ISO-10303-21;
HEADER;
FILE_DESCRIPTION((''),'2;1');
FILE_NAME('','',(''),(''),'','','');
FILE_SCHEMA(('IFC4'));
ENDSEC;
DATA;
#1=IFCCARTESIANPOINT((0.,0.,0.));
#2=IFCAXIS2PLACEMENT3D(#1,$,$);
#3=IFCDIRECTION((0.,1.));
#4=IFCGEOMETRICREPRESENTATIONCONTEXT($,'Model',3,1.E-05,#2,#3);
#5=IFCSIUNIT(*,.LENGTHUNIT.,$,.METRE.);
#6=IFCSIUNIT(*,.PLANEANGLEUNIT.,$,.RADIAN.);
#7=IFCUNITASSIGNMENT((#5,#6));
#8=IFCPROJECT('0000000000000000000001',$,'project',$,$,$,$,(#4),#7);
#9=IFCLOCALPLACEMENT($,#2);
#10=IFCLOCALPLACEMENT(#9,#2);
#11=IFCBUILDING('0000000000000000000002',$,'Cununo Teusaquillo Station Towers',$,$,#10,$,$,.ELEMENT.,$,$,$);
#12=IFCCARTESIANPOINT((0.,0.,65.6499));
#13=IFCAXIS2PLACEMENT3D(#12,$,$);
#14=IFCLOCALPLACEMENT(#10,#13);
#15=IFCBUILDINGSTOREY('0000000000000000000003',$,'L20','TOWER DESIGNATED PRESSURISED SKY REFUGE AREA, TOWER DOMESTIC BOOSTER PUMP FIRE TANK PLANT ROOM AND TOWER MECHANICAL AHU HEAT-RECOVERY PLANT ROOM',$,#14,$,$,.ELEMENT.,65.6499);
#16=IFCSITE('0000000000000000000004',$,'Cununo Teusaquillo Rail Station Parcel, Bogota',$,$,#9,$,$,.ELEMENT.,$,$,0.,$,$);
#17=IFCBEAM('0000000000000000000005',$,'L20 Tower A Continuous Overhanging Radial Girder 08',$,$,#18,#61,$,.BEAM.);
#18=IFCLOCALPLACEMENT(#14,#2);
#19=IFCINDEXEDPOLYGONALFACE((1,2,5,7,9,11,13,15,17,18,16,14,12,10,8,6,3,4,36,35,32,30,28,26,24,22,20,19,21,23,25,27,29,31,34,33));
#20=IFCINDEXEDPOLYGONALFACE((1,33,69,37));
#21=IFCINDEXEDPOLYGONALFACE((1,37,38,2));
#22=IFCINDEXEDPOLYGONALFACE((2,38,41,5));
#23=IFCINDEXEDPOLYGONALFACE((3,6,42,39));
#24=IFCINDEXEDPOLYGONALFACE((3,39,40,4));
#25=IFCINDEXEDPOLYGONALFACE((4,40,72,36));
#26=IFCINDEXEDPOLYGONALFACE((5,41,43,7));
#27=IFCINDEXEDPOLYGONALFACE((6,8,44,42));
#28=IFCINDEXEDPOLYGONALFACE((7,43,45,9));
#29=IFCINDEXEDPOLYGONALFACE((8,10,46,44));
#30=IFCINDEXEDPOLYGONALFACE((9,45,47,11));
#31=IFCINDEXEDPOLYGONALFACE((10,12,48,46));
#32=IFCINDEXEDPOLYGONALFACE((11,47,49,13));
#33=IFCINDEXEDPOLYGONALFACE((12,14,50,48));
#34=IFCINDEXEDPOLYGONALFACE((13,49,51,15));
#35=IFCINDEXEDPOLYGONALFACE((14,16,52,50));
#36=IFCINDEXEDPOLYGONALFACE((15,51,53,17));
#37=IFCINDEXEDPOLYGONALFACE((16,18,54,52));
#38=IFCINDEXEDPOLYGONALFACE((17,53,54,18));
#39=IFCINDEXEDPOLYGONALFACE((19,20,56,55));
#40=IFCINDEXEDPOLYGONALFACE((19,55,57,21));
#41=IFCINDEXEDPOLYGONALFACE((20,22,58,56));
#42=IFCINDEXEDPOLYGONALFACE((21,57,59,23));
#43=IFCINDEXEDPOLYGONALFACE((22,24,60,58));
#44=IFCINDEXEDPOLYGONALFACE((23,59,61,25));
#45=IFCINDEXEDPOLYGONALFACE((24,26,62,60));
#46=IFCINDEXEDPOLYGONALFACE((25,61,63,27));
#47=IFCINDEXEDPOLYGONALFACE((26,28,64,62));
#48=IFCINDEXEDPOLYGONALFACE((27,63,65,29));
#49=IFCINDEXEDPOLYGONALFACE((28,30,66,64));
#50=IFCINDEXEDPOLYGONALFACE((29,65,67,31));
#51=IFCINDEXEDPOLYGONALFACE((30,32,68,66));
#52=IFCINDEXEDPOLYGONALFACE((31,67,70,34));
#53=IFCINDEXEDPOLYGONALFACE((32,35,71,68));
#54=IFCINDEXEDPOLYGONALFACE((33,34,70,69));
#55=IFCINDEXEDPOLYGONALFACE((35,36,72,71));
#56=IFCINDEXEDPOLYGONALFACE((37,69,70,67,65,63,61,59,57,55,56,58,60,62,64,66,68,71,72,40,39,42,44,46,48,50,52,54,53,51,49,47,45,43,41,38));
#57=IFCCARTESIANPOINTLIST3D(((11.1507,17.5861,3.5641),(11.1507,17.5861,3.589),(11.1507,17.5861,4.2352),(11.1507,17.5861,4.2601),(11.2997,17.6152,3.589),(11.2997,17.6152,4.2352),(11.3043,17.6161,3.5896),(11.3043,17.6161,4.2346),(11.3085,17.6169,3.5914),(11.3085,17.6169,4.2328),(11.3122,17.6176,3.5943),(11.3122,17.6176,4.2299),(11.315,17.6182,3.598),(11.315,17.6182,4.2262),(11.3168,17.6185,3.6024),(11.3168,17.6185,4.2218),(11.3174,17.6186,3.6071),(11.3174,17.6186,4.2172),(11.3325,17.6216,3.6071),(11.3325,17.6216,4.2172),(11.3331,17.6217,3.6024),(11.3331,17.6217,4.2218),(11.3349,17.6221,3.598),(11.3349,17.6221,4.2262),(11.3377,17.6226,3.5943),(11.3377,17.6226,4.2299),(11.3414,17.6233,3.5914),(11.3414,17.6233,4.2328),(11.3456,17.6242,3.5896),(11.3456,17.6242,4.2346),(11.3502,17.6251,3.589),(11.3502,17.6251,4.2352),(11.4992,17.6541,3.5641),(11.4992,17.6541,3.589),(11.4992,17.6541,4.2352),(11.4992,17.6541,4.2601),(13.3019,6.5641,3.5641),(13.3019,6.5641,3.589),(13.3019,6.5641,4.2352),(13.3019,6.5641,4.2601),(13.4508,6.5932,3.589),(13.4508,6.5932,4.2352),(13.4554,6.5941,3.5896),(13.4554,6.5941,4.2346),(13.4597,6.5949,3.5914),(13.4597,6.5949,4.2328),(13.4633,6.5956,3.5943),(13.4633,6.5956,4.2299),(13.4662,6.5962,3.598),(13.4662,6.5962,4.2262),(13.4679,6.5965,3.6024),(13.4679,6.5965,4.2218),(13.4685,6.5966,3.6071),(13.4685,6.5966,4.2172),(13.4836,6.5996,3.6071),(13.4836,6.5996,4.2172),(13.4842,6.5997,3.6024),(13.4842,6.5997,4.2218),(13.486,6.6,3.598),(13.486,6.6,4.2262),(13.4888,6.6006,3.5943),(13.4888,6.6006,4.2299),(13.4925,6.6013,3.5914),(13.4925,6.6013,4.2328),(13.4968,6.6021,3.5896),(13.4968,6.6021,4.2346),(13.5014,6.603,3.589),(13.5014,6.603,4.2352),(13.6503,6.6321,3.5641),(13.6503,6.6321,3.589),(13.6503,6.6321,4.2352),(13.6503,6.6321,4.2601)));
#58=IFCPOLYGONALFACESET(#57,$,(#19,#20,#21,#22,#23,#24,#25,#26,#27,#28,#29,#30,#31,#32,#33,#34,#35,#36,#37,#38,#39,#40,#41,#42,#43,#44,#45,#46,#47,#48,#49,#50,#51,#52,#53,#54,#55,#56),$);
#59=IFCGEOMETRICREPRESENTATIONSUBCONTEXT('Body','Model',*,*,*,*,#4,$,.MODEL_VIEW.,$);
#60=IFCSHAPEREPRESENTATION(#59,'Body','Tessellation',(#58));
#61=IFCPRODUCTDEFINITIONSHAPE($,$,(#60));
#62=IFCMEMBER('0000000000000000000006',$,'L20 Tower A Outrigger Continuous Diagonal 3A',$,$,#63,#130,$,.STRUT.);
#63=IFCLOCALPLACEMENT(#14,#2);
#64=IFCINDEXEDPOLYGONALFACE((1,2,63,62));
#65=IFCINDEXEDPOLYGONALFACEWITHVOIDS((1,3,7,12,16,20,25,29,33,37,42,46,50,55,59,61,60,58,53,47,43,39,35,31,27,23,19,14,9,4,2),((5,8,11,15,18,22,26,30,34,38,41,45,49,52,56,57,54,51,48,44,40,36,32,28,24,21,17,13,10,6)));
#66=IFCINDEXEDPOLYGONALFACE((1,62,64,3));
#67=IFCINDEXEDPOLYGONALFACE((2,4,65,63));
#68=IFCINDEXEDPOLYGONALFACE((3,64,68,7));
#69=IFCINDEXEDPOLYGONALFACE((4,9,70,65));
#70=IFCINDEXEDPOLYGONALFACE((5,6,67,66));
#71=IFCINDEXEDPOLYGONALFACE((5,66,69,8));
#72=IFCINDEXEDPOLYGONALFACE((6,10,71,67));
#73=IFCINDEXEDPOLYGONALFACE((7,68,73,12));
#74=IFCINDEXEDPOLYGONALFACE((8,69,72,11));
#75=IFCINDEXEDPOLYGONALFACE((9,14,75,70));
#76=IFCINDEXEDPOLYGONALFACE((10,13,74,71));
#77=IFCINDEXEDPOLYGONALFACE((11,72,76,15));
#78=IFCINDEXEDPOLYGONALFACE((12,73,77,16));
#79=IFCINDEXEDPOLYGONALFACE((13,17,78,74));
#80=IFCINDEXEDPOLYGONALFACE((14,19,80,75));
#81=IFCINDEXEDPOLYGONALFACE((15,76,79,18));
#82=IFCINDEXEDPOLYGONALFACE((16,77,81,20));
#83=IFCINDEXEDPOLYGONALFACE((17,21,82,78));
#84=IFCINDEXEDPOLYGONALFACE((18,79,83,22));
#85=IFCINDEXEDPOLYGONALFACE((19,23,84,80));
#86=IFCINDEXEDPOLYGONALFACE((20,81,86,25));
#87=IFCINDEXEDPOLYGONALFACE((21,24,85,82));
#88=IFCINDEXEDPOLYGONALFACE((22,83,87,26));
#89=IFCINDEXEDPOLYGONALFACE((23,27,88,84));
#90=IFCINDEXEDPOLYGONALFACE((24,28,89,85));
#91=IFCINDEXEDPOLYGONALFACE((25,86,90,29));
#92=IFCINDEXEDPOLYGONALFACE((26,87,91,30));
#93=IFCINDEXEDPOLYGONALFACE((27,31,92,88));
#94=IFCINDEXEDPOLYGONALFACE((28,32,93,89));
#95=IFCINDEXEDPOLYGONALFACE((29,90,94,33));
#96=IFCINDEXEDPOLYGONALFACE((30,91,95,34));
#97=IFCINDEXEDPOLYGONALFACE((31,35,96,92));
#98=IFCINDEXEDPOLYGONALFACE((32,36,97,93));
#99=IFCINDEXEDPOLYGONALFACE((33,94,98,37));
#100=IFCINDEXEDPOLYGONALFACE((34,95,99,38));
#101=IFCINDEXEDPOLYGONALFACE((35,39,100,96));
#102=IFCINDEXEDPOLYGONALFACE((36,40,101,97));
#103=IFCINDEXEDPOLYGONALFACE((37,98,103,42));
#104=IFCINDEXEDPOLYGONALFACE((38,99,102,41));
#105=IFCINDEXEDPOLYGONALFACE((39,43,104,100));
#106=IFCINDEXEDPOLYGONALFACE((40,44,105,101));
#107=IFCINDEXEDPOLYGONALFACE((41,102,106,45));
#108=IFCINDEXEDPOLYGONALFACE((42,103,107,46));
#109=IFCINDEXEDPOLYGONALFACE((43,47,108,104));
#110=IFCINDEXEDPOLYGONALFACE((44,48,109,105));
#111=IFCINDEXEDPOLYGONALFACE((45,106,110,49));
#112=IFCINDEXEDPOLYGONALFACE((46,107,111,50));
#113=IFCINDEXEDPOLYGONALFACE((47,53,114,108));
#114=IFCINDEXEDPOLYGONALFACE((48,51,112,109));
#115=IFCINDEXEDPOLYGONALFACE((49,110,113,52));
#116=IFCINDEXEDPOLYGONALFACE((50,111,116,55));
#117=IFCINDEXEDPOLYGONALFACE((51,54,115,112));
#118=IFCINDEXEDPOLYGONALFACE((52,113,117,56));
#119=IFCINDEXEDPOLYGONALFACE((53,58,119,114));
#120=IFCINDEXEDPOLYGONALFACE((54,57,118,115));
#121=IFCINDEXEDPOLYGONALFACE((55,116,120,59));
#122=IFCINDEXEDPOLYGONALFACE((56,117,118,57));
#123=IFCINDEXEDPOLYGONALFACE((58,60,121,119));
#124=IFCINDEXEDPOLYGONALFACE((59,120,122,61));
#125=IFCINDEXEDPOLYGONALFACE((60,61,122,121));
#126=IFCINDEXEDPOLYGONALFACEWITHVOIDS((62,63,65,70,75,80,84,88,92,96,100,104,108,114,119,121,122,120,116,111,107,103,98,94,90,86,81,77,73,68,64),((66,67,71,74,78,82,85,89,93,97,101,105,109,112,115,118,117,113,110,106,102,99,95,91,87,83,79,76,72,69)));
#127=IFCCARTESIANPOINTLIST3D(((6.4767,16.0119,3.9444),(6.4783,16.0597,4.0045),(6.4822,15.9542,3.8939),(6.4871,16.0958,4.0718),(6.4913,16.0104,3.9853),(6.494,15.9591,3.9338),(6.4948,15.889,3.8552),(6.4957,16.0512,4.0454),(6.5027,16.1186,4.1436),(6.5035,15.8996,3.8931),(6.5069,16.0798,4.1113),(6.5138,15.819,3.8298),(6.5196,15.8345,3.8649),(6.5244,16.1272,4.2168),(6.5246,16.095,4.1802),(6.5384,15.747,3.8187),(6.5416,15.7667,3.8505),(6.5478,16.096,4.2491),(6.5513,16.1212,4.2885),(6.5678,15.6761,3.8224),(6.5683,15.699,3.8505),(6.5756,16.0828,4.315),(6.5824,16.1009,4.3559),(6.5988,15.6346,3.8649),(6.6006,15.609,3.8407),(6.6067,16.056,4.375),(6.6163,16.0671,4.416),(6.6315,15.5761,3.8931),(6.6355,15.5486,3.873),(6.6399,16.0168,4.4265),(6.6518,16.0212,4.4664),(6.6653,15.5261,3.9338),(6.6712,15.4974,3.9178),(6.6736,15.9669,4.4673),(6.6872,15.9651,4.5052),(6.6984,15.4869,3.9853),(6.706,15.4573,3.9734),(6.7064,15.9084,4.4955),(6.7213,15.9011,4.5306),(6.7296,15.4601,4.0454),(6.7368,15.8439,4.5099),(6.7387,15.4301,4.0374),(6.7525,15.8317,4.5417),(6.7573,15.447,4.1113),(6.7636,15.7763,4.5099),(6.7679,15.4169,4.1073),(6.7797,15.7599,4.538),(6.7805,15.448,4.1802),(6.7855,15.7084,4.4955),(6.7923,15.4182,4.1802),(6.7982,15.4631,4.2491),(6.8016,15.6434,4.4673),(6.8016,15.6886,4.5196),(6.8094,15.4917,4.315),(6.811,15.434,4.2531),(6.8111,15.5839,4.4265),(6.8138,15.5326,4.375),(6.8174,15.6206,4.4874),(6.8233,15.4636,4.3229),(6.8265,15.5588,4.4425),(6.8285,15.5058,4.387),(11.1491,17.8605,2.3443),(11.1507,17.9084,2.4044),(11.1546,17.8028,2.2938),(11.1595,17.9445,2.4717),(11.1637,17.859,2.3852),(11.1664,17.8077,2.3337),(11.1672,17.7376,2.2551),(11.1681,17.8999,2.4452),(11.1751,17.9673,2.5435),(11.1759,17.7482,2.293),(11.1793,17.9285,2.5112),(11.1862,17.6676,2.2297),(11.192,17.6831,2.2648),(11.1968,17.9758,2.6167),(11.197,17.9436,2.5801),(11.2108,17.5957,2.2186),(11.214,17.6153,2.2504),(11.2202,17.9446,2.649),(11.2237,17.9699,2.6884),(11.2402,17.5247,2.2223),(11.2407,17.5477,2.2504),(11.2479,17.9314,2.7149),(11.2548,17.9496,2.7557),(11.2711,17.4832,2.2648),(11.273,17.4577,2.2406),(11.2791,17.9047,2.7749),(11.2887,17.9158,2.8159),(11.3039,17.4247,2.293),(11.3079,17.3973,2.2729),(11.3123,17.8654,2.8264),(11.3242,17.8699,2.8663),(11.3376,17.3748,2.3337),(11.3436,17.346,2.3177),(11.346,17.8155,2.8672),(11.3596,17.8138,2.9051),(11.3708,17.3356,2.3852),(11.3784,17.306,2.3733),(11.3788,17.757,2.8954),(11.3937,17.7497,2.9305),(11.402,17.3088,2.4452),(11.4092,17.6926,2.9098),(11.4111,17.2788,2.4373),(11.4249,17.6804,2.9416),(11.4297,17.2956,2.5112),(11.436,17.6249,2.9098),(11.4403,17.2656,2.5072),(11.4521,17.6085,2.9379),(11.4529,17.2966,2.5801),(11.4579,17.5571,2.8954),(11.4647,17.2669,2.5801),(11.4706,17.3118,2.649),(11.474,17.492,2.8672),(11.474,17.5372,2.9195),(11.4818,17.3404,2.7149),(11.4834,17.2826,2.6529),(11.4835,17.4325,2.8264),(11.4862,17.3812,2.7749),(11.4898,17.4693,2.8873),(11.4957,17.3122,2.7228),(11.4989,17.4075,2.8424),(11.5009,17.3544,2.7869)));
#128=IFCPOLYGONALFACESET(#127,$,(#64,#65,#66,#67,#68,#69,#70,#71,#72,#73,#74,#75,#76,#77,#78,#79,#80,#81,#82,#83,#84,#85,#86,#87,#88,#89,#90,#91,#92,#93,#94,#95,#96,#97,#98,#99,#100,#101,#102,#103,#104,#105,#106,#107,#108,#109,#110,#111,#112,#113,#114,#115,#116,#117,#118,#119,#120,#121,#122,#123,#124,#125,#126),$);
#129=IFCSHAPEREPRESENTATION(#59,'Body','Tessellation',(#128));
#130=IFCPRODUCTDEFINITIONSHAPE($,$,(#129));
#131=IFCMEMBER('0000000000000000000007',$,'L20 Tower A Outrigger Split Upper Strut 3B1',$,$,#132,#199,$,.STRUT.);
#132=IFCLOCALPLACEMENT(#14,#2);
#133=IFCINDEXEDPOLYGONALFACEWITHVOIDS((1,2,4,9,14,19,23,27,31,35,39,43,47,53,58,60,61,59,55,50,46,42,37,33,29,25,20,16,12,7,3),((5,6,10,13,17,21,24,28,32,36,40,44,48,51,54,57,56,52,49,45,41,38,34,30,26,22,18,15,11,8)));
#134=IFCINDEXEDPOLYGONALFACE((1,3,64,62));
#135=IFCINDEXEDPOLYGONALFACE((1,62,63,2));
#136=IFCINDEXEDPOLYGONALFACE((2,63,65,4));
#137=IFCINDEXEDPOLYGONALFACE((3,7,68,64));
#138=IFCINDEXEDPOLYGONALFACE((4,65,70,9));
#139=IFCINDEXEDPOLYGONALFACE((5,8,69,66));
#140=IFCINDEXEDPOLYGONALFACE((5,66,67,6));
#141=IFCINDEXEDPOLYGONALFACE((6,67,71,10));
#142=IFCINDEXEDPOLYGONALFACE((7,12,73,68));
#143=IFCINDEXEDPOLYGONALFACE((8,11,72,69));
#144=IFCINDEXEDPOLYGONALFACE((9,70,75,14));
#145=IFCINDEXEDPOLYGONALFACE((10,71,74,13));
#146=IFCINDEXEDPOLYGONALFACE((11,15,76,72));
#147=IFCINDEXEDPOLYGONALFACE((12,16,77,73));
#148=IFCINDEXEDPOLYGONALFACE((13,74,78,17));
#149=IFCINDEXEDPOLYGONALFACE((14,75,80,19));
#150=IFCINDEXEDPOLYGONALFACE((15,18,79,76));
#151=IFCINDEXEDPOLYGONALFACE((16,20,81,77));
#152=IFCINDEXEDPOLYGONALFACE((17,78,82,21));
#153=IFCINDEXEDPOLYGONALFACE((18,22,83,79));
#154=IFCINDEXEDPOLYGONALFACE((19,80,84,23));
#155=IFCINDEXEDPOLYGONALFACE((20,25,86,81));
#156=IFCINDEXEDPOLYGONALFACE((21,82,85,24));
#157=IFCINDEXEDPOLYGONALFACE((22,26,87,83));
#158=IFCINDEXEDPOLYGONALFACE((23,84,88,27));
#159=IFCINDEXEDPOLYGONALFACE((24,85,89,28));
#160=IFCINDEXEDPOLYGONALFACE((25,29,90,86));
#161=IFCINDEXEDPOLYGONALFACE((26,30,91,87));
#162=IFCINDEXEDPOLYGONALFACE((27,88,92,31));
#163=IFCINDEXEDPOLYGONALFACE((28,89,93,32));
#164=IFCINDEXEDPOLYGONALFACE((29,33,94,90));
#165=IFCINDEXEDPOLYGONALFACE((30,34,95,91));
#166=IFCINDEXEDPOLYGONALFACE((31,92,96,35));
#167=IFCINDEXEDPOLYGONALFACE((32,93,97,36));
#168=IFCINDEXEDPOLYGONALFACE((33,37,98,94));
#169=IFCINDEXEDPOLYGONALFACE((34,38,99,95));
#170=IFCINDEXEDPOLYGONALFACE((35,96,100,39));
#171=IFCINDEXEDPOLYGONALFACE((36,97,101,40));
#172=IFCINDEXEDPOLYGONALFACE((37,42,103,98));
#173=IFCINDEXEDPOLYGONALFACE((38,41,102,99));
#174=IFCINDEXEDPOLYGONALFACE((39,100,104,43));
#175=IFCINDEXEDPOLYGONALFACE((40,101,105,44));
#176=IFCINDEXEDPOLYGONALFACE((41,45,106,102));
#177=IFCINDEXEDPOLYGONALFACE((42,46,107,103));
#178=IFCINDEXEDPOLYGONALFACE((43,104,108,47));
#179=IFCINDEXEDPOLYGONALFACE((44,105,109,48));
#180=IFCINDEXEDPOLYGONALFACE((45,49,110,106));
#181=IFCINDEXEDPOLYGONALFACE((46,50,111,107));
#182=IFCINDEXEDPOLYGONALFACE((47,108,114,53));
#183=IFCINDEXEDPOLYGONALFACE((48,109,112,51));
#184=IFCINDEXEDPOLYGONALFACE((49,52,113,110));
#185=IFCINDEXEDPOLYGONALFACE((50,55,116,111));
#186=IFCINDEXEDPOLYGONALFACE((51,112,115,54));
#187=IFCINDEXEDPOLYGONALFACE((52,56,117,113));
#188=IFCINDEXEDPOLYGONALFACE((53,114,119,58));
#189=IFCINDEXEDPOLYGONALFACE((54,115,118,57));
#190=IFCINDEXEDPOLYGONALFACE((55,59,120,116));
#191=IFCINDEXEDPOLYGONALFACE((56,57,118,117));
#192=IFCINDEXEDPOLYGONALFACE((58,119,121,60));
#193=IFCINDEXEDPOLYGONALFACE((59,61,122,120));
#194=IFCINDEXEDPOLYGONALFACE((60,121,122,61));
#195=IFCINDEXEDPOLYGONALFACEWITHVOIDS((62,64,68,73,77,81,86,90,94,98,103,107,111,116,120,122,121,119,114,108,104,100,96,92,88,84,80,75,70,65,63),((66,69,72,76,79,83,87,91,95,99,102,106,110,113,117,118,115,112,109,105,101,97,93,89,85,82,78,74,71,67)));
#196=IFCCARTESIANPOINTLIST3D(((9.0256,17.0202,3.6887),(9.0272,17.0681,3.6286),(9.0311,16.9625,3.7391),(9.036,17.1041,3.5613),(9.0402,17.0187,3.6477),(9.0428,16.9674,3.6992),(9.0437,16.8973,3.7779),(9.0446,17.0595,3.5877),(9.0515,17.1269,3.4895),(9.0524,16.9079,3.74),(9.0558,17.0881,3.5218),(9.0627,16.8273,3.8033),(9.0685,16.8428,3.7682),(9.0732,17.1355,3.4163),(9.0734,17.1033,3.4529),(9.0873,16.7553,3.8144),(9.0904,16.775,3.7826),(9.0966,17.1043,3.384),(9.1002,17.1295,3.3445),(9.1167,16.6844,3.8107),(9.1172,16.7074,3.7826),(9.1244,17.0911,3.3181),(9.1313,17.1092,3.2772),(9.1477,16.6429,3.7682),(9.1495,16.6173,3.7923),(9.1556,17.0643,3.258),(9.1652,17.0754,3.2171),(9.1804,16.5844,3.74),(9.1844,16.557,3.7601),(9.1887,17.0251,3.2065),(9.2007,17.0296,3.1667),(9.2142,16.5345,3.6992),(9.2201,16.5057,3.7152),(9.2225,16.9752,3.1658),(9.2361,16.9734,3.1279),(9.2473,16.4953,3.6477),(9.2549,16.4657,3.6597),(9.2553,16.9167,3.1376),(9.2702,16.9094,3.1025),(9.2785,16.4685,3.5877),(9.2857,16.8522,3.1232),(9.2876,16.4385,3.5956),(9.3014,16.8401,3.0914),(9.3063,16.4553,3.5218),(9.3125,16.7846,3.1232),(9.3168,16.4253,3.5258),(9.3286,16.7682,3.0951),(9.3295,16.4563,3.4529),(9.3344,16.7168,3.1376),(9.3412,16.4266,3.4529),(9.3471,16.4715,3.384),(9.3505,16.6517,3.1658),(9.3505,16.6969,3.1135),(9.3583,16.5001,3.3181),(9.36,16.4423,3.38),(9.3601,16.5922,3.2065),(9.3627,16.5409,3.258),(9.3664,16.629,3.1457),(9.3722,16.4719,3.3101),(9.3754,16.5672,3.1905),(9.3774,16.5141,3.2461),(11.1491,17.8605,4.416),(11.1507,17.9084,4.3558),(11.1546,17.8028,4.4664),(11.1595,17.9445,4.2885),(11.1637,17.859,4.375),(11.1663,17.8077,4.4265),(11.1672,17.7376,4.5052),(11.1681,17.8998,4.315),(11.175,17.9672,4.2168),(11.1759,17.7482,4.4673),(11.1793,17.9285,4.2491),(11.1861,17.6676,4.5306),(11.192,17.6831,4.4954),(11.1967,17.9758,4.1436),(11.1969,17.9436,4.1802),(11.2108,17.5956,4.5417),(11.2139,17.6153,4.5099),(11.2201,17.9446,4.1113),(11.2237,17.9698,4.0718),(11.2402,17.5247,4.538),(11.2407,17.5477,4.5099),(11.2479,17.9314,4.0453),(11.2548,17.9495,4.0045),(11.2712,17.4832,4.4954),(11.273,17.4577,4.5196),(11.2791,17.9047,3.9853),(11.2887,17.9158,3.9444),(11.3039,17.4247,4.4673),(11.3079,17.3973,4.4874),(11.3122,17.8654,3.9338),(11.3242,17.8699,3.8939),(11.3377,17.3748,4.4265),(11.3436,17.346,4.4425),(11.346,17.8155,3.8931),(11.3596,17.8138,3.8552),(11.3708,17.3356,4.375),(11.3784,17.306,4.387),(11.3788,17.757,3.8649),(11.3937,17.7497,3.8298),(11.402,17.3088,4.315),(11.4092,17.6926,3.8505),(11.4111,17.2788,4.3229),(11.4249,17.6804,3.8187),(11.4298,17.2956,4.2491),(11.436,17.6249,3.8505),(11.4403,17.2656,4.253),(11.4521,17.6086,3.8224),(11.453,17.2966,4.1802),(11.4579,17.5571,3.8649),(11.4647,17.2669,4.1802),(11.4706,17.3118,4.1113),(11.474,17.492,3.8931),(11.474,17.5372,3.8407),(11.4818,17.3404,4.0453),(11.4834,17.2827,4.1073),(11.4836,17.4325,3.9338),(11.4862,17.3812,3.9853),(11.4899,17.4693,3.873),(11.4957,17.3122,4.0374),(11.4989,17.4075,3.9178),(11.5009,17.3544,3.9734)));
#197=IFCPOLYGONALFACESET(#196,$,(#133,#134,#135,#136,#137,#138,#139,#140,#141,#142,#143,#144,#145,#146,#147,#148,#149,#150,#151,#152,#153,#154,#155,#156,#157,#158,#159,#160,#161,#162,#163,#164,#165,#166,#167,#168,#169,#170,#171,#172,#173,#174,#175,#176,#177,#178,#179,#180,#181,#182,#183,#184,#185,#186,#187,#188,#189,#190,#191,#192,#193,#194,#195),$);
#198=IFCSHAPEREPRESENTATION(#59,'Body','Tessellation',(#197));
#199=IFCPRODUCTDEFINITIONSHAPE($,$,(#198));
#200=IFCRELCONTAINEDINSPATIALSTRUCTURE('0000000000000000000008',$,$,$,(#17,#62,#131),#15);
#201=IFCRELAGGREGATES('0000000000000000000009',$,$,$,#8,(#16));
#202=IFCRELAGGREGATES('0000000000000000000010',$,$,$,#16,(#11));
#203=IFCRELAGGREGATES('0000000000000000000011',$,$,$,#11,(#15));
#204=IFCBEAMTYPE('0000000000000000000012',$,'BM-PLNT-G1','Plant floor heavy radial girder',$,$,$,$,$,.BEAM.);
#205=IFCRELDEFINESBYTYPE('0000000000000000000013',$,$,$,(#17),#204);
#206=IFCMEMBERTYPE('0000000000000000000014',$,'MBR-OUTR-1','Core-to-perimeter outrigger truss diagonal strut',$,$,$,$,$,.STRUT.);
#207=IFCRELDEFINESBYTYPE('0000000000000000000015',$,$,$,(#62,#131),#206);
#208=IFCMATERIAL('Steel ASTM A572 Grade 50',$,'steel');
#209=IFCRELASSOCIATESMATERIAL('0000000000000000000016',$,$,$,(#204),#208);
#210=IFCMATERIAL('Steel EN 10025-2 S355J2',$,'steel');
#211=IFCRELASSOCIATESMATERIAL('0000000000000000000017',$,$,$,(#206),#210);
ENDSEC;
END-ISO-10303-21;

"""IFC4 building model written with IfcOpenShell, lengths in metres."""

from ifc_helpers import new_model, si_unit, direction, frame, origin, origin_2d, place, context, subcontext, project, spatial, hollow_circle, i_section, extrude, material, material_profile, profile_set, type_object, element, save


model = new_model("IFC4")

# Units and contexts
model_context = context("Model", 3, precision=1e-05, world=origin(), true_north=direction((0.0, 1.0)))
body_context = subcontext(model_context, "Body", "Model", "MODEL_VIEW")
ifc_project = project(units=[si_unit("LENGTHUNIT", "METRE"), si_unit("PLANEANGLEUNIT", "RADIAN")], contexts=[model_context])

# Site, building, storey
site_placement = place(None, origin())
site = spatial("IfcSite", under=ifc_project, at=site_placement, Name="Cununo Teusaquillo Rail Station Parcel, Bogota", CompositionType="ELEMENT", RefElevation=0.0)
building_placement = place(site_placement, origin())
building = spatial("IfcBuilding", under=site, at=building_placement, Name="Cununo Teusaquillo Station Towers", CompositionType="ELEMENT")
storey_placement = place(building_placement, frame((0.0, 0.0, 65.6499)))
storey = spatial("IfcBuildingStorey", under=building, at=storey_placement, Name="L20", Description="TOWER DESIGNATED PRESSURISED SKY REFUGE AREA, TOWER DOMESTIC BOOSTER PUMP FIRE TANK PLANT ROOM AND TOWER MECHANICAL AHU HEAT-RECOVERY PLANT ROOM", CompositionType="ELEMENT", Elevation=65.6499)

# Beam
ifc_material_1 = material(Name="Steel ASTM A572 Grade 50", Category="steel")
ifc_material_profile_1 = material_profile(ifc_material_1, i_section(OverallWidth=0.355, OverallDepth=0.696, WebThickness=0.0154, FlangeThickness=0.0249, FilletRadius=0.0181, at=origin_2d()), Name="W27X146")
ifc_profile_set_1 = profile_set([ifc_material_profile_1], Name="Steel ASTM A572 Grade 50")
beam_type_1 = type_object("IfcBeamType", Name="BM-PLNT-G1", Description="Plant floor heavy radial girder", PredefinedType="BEAM", material=ifc_profile_set_1)
beam_1_placement = place(storey_placement, frame((11.325, 17.6201, 3.9121), z_axis=(0.191553, -0.981482, 0.0), x_axis=(0.981482, 0.191553, 0.0)))
element("IfcBeam", 1, at=beam_1_placement, inside=storey, type_object=beam_type_1, Name="L20 Tower A Continuous Overhanging Radial Girder 08", PredefinedType="BEAM", context=body_context, shape_type="SweptSolid", body=[
    extrude(i_section(OverallWidth=0.355, OverallDepth=0.696, WebThickness=0.0154, FlangeThickness=0.0249, FilletRadius=0.0181, at=origin_2d()), origin(), (0.0, 0.0, 1.0), 11.23),
])

# Members
ifc_material_2 = material(Name="Steel EN 10025-2 S355J2", Category="steel")
ifc_material_profile_2 = material_profile(ifc_material_2, hollow_circle(Radius=0.3799, WallThickness=0.032, at=origin_2d()), Name="CHS 760x32")
ifc_profile_set_2 = profile_set([ifc_material_profile_2], Name="Steel EN 10025-2 S355J2")
member_type = type_object("IfcMemberType", Name="MBR-OUTR-1", Description="Core-to-perimeter outrigger truss diagonal strut", PredefinedType="STRUT", material=ifc_profile_set_2)
member_1_placement = place(storey_placement, frame((11.325, 17.6201, 2.5801), z_axis=(-0.886025, -0.350558, 0.303428), x_axis=(0.367903, -0.929864, 0.0)))
element("IfcMember", 2, at=member_1_placement, inside=storey, type_object=member_type, Name="L20 Tower A Outrigger Continuous Diagonal 3A", PredefinedType="STRUT", context=body_context, shape_type="SweptSolid", body=[
    extrude(hollow_circle(Radius=0.3799, WallThickness=0.032, at=origin_2d()), origin(), (0.0, 0.0, 1.0), 5.2734),
])
member_2_placement = place(storey_placement, frame((11.325, 17.6201, 4.1802), z_axis=(-0.885998, -0.35061, -0.303448), x_axis=(0.36796, -0.929842, 0.0)))
element("IfcMember", 3, at=member_2_placement, inside=storey, type_object=member_type, Name="L20 Tower A Outrigger Split Upper Strut 3B1", PredefinedType="STRUT", context=body_context, shape_type="SweptSolid", body=[
    extrude(hollow_circle(Radius=0.3799, WallThickness=0.032, at=origin_2d()), origin(), (0.0, 0.0, 1.0), 2.3967),
])

save(model, "model.ifc")
